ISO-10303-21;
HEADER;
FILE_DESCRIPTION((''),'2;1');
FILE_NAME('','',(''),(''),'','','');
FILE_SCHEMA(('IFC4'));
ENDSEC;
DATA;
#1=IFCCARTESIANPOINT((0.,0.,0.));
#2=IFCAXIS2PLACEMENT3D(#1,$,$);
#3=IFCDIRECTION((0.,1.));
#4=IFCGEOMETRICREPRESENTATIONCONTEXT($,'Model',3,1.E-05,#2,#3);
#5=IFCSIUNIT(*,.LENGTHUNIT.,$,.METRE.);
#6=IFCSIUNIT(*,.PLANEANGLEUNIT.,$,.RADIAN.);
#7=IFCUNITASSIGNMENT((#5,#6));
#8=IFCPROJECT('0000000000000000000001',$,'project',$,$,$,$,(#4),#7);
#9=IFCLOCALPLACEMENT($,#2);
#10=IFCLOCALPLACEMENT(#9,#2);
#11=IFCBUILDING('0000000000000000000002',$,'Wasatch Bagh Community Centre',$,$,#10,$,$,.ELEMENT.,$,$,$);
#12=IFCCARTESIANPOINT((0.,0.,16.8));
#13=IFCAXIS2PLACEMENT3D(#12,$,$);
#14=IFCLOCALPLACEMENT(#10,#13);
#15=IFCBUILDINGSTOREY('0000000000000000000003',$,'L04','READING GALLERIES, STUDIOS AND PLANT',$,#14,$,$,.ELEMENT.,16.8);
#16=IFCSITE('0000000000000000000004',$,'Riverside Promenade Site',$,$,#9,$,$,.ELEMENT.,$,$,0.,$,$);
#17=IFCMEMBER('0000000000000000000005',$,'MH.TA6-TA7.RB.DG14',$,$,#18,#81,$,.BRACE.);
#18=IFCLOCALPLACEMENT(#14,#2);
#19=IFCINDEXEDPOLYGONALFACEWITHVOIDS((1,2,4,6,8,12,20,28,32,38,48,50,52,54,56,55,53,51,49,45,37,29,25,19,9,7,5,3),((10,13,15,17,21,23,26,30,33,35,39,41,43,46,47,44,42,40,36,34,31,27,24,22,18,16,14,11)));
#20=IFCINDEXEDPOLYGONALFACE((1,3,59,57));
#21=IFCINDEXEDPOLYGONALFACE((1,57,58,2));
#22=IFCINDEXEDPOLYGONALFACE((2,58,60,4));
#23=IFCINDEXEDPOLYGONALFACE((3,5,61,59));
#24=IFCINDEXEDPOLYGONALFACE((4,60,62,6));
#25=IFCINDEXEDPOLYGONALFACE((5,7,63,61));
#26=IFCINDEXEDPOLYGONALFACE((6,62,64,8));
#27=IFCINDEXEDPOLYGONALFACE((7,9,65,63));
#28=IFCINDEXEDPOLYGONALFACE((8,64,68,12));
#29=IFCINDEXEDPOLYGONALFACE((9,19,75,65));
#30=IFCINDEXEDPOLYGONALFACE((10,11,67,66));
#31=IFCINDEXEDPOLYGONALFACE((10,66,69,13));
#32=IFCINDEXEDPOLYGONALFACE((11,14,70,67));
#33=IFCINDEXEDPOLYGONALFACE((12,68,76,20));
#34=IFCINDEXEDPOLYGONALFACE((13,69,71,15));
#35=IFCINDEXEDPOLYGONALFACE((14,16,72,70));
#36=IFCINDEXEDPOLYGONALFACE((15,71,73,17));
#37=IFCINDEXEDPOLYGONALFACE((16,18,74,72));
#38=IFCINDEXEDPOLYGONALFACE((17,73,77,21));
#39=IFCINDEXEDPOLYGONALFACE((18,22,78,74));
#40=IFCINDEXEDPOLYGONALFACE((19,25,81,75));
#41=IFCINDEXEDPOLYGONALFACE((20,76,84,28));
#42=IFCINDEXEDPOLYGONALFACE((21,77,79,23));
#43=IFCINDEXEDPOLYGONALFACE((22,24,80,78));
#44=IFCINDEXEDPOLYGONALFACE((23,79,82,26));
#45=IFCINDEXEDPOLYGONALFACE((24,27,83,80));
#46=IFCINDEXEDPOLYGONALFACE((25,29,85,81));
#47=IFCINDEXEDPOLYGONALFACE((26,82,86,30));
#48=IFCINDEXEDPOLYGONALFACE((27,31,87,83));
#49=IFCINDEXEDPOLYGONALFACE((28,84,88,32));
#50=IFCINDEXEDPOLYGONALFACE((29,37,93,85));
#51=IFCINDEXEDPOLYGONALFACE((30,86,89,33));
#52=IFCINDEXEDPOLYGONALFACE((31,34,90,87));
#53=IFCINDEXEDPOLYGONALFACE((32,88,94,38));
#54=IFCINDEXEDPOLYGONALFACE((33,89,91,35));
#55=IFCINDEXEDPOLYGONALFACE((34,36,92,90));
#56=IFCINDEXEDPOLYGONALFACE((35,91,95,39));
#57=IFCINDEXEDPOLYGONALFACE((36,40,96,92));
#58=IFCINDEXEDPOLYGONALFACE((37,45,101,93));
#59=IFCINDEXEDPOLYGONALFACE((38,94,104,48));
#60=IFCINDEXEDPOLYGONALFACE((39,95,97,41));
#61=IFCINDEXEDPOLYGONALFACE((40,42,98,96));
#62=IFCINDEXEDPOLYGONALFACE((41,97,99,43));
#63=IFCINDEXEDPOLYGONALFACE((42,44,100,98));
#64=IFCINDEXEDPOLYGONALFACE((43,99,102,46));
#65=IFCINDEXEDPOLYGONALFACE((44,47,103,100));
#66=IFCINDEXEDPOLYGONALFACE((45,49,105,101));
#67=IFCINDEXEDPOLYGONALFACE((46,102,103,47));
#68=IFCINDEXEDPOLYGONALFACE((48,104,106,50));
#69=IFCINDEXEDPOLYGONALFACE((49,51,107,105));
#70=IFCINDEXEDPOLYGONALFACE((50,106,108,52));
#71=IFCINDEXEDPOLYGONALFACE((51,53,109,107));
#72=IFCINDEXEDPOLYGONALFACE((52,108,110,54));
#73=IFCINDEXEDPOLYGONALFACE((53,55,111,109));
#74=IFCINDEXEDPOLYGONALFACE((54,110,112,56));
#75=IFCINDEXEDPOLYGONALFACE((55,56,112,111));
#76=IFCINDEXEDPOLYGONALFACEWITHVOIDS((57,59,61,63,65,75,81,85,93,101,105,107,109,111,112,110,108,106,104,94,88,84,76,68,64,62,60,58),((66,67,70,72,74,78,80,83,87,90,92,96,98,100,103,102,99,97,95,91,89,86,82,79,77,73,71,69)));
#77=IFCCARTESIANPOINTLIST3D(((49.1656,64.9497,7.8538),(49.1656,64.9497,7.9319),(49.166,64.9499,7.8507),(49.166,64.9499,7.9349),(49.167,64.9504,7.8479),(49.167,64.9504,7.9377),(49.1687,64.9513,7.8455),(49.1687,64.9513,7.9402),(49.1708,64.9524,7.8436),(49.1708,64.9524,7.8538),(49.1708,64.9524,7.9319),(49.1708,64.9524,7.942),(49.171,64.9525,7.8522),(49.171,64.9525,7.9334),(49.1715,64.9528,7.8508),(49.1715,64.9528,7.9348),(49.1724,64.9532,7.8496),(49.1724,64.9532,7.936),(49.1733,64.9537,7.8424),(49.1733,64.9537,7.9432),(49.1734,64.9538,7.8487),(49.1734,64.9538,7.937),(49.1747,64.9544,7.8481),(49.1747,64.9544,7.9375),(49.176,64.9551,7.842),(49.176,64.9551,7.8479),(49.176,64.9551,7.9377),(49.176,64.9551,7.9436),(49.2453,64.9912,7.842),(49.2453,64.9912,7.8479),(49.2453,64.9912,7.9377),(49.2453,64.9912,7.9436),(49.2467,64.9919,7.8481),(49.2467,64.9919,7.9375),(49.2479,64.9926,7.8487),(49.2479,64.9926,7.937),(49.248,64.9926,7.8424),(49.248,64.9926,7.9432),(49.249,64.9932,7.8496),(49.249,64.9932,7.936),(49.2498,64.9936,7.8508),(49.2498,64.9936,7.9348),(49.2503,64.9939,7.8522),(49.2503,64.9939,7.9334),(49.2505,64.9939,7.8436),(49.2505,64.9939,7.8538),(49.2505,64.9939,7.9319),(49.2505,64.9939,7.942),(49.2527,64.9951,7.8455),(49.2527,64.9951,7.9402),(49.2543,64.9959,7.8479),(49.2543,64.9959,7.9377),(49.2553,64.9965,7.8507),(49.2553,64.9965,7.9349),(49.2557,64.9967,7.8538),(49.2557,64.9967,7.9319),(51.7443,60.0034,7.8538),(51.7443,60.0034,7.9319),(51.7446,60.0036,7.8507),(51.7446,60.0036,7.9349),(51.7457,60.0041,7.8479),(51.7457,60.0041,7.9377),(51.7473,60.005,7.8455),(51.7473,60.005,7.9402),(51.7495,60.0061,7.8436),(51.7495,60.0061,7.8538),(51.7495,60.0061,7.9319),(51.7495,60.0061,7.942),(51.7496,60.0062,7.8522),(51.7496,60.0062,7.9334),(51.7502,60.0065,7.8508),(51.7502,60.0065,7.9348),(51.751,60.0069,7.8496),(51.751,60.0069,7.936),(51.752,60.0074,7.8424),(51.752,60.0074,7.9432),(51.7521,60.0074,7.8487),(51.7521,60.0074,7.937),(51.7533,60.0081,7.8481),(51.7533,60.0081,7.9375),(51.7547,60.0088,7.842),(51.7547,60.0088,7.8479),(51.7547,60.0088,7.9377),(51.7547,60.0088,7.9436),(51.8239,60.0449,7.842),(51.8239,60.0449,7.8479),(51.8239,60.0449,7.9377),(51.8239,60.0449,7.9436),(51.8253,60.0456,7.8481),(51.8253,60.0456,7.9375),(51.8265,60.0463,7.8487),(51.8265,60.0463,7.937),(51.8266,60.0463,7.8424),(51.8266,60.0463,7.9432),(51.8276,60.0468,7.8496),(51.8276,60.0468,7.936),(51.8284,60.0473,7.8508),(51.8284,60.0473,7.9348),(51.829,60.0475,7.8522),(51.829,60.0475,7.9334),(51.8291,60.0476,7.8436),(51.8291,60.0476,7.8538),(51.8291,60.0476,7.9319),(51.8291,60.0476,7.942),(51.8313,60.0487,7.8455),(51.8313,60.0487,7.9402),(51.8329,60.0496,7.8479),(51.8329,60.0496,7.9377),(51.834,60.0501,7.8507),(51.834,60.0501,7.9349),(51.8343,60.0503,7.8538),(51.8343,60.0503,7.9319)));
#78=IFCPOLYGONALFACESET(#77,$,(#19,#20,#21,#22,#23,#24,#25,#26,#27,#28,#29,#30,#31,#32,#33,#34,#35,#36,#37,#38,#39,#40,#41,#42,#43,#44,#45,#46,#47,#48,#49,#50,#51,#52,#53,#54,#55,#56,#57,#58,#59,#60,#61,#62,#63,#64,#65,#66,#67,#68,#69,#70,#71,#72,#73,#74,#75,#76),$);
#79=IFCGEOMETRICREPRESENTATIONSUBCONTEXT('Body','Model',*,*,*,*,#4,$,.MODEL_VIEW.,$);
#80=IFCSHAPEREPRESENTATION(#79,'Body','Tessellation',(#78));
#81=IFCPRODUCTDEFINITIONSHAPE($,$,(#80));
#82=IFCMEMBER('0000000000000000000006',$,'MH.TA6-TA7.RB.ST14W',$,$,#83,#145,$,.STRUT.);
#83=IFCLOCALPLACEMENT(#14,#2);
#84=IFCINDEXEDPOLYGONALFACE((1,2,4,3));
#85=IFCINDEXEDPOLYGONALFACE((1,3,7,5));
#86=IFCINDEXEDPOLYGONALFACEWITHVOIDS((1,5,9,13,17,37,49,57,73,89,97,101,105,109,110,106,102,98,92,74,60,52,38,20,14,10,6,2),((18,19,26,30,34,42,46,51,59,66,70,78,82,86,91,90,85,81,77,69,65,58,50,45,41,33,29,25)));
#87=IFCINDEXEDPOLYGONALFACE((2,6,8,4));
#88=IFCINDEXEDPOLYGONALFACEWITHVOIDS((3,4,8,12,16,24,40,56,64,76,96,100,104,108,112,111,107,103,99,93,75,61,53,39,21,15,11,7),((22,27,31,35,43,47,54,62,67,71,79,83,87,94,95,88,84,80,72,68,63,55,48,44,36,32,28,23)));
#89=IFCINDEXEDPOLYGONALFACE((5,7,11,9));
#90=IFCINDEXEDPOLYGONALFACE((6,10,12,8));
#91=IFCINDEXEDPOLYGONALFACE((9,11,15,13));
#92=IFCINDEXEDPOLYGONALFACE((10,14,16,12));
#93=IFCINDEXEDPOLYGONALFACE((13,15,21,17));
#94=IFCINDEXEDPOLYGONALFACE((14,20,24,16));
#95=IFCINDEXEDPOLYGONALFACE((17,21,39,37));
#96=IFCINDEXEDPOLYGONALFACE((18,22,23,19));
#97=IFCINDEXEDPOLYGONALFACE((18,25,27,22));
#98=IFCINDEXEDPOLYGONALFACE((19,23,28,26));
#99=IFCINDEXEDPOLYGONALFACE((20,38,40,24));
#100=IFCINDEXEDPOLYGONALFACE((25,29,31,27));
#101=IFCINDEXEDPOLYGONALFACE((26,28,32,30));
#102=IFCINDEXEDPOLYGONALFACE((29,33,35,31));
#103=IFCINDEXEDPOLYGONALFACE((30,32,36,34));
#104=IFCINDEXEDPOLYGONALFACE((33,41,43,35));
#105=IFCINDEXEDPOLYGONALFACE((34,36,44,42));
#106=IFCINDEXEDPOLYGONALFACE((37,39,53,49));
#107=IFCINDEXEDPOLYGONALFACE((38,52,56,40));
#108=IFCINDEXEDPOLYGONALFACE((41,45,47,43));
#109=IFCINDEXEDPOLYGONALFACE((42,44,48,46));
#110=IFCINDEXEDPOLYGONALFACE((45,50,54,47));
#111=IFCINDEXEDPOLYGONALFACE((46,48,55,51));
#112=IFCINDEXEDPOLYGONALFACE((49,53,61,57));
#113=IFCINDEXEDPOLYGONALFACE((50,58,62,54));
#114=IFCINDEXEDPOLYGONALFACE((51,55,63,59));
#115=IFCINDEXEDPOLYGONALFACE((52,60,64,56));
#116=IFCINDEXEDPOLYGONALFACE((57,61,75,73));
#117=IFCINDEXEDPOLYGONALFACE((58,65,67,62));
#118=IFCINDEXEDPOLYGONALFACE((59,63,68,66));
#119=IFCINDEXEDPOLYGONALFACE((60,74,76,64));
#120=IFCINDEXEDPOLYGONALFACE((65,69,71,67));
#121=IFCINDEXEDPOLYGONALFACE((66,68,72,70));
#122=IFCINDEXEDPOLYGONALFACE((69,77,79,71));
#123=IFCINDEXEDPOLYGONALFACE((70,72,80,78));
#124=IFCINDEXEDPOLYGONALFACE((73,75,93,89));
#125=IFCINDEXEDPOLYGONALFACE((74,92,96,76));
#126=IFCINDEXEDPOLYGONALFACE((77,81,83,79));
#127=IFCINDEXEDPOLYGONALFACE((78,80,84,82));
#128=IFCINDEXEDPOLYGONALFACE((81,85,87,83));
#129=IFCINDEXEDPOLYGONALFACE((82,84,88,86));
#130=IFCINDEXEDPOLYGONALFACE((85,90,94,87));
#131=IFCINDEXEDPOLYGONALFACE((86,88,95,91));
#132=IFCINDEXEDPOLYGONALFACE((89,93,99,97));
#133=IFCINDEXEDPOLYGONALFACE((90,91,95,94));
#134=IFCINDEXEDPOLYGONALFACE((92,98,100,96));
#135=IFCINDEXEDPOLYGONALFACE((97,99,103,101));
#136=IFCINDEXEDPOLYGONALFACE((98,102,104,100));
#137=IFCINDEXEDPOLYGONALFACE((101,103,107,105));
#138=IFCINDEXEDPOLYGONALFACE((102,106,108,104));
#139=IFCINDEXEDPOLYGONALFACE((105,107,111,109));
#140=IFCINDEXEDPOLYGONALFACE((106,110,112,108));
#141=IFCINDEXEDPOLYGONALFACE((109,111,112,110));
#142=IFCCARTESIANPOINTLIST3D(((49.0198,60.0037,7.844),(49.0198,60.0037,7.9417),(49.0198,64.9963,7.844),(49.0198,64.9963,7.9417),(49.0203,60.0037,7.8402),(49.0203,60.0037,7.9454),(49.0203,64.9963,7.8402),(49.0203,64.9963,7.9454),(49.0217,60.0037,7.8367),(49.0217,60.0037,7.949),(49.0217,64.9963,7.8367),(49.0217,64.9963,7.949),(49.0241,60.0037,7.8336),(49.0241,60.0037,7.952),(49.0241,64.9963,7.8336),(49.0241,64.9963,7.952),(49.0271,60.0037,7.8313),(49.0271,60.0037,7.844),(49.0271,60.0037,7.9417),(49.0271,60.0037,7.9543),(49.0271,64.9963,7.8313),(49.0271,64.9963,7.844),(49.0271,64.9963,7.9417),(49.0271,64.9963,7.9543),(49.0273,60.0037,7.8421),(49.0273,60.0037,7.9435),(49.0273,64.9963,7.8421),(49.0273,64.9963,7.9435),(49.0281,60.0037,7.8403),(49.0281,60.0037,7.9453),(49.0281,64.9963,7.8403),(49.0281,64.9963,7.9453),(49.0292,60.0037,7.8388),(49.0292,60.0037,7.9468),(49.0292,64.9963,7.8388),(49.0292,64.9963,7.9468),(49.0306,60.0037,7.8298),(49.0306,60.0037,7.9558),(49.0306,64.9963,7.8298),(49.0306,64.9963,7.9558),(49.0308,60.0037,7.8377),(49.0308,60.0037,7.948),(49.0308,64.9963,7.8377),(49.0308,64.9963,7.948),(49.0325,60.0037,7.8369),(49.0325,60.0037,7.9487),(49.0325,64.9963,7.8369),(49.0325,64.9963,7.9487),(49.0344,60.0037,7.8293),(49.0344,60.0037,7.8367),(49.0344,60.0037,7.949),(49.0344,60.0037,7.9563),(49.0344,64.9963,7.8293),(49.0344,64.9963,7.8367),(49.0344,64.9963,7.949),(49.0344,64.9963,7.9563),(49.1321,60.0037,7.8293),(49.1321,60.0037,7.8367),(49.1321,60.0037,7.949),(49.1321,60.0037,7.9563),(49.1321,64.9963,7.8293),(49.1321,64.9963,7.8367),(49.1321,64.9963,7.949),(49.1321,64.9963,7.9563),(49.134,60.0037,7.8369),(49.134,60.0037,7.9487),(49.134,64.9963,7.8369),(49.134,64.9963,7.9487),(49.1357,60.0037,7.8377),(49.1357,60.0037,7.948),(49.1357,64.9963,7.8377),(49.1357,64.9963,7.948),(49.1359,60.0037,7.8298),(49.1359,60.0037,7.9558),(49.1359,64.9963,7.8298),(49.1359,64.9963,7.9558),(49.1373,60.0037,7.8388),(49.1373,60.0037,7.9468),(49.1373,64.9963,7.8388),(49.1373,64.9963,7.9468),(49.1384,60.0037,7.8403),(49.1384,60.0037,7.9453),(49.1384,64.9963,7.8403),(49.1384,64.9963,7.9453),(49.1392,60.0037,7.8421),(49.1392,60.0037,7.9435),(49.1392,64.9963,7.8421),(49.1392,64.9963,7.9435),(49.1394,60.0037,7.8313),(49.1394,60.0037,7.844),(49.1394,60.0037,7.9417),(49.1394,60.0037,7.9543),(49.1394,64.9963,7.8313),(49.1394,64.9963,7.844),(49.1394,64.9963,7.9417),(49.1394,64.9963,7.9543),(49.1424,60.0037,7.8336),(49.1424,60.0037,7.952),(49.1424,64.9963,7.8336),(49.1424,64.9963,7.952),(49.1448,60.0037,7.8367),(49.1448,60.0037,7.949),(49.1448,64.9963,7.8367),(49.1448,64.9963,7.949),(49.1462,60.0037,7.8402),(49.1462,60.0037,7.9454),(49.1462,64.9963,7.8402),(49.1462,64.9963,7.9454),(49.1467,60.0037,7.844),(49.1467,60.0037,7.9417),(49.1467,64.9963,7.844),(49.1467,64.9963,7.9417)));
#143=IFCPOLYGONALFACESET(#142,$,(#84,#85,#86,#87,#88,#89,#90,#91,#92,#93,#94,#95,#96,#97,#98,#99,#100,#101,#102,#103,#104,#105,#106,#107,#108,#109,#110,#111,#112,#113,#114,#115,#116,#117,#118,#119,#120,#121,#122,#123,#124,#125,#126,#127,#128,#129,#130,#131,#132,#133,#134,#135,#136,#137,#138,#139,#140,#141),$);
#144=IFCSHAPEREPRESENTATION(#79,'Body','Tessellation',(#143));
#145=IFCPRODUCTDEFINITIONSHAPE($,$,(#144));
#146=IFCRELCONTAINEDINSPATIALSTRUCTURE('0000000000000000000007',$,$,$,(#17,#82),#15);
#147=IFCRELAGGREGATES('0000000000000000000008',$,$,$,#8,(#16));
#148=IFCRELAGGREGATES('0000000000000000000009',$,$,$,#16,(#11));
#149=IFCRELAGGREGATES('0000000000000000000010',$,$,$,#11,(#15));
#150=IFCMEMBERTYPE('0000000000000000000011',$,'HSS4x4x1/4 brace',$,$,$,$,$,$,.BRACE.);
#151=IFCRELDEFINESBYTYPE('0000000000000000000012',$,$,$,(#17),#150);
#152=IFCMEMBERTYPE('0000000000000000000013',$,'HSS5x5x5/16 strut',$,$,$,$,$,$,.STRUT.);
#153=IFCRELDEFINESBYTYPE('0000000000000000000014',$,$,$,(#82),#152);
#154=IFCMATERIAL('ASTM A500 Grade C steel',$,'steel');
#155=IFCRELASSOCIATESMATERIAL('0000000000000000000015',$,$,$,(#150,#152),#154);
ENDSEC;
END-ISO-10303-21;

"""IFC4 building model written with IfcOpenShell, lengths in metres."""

from ifc_helpers import new_model, si_unit, direction, frame, origin, origin_2d, place, context, subcontext, project, spatial, hollow_rectangle, extrude, material, material_profile, profile_set, type_object, element, save


model = new_model("IFC4")

# Units and contexts
model_context = context("Model", 3, precision=1e-05, world=origin(), true_north=direction((0.0, 1.0)))
body_context = subcontext(model_context, "Body", "Model", "MODEL_VIEW")
ifc_project = project(units=[si_unit("LENGTHUNIT", "METRE"), si_unit("PLANEANGLEUNIT", "RADIAN")], contexts=[model_context])

# Site, building, storey
site_placement = place(None, origin())
site = spatial("IfcSite", under=ifc_project, at=site_placement, Name="Riverside Promenade Site", CompositionType="ELEMENT", RefElevation=0.0)
building_placement = place(site_placement, origin())
building = spatial("IfcBuilding", under=site, at=building_placement, Name="Wasatch Bagh Community Centre", CompositionType="ELEMENT")
storey_placement = place(building_placement, frame((0.0, 0.0, 16.8)))
storey = spatial("IfcBuildingStorey", under=building, at=storey_placement, Name="L04", Description="READING GALLERIES, STUDIOS AND PLANT", CompositionType="ELEMENT", Elevation=16.8)

# Members
ifc_material_1 = material(Name="ASTM A500 Grade C steel", Category="steel")
ifc_material_profile_1 = material_profile(ifc_material_1, hollow_rectangle(XDim=0.1016, YDim=0.1016, WallThickness=0.0059, InnerFilletRadius=0.0059, OuterFilletRadius=0.0117, at=origin_2d()), Name="HSS4x4x1/4")
ifc_profile_set_1 = profile_set([ifc_material_profile_1], Name="ASTM A500 Grade C steel")
member_type_1 = type_object("IfcMemberType", Name="HSS4x4x1/4 brace", PredefinedType="BRACE", material=ifc_profile_set_1)
member_1_placement = place(storey_placement, frame((51.7893, 60.0269, 7.8928), z_axis=(-0.462276, 0.886736, 0.0), x_axis=(-0.886736, -0.462276, 0.0)))
element("IfcMember", 1, at=member_1_placement, inside=storey, type_object=member_type_1, Name="MH.TA6-TA7.RB.DG14", PredefinedType="BRACE", context=body_context, shape_type="SweptSolid", body=[
    extrude(hollow_rectangle(XDim=0.1016, YDim=0.1016, WallThickness=0.0059, InnerFilletRadius=0.0059, OuterFilletRadius=0.0117, at=origin_2d()), origin(), (0.0, 0.0, 1.0), 5.5781),
])
ifc_material_profile_2 = material_profile(ifc_material_1, hollow_rectangle(XDim=0.127, YDim=0.127, WallThickness=0.0073, InnerFilletRadius=0.0073, OuterFilletRadius=0.0146, at=origin_2d()), Name="HSS5x5x5/16")
ifc_profile_set_2 = profile_set([ifc_material_profile_2], Name="ASTM A500 Grade C steel")
member_type_2 = type_object("IfcMemberType", Name="HSS5x5x5/16 strut", PredefinedType="STRUT", material=ifc_profile_set_2)
for number, where, z_axis, x_axis, name in (
    (2, (49.0833, 60.0037, 7.8928), (0.0, 1.0, 0.0), (-1.0, 0.0, 0.0), "MH.TA6-TA7.RB.ST14W"),
):
    element("IfcMember", number, at=place(storey_placement, frame(where, z_axis=z_axis, x_axis=x_axis)), inside=storey, type_object=member_type_2, Name=name, PredefinedType="STRUT", context=body_context, shape_type="SweptSolid", body=[
        extrude(hollow_rectangle(XDim=0.127, YDim=0.127, WallThickness=0.0073, InnerFilletRadius=0.0073, OuterFilletRadius=0.0146, at=origin_2d()), origin(), (0.0, 0.0, 1.0), 4.9927),
    ])

save(model, "model.ifc")
